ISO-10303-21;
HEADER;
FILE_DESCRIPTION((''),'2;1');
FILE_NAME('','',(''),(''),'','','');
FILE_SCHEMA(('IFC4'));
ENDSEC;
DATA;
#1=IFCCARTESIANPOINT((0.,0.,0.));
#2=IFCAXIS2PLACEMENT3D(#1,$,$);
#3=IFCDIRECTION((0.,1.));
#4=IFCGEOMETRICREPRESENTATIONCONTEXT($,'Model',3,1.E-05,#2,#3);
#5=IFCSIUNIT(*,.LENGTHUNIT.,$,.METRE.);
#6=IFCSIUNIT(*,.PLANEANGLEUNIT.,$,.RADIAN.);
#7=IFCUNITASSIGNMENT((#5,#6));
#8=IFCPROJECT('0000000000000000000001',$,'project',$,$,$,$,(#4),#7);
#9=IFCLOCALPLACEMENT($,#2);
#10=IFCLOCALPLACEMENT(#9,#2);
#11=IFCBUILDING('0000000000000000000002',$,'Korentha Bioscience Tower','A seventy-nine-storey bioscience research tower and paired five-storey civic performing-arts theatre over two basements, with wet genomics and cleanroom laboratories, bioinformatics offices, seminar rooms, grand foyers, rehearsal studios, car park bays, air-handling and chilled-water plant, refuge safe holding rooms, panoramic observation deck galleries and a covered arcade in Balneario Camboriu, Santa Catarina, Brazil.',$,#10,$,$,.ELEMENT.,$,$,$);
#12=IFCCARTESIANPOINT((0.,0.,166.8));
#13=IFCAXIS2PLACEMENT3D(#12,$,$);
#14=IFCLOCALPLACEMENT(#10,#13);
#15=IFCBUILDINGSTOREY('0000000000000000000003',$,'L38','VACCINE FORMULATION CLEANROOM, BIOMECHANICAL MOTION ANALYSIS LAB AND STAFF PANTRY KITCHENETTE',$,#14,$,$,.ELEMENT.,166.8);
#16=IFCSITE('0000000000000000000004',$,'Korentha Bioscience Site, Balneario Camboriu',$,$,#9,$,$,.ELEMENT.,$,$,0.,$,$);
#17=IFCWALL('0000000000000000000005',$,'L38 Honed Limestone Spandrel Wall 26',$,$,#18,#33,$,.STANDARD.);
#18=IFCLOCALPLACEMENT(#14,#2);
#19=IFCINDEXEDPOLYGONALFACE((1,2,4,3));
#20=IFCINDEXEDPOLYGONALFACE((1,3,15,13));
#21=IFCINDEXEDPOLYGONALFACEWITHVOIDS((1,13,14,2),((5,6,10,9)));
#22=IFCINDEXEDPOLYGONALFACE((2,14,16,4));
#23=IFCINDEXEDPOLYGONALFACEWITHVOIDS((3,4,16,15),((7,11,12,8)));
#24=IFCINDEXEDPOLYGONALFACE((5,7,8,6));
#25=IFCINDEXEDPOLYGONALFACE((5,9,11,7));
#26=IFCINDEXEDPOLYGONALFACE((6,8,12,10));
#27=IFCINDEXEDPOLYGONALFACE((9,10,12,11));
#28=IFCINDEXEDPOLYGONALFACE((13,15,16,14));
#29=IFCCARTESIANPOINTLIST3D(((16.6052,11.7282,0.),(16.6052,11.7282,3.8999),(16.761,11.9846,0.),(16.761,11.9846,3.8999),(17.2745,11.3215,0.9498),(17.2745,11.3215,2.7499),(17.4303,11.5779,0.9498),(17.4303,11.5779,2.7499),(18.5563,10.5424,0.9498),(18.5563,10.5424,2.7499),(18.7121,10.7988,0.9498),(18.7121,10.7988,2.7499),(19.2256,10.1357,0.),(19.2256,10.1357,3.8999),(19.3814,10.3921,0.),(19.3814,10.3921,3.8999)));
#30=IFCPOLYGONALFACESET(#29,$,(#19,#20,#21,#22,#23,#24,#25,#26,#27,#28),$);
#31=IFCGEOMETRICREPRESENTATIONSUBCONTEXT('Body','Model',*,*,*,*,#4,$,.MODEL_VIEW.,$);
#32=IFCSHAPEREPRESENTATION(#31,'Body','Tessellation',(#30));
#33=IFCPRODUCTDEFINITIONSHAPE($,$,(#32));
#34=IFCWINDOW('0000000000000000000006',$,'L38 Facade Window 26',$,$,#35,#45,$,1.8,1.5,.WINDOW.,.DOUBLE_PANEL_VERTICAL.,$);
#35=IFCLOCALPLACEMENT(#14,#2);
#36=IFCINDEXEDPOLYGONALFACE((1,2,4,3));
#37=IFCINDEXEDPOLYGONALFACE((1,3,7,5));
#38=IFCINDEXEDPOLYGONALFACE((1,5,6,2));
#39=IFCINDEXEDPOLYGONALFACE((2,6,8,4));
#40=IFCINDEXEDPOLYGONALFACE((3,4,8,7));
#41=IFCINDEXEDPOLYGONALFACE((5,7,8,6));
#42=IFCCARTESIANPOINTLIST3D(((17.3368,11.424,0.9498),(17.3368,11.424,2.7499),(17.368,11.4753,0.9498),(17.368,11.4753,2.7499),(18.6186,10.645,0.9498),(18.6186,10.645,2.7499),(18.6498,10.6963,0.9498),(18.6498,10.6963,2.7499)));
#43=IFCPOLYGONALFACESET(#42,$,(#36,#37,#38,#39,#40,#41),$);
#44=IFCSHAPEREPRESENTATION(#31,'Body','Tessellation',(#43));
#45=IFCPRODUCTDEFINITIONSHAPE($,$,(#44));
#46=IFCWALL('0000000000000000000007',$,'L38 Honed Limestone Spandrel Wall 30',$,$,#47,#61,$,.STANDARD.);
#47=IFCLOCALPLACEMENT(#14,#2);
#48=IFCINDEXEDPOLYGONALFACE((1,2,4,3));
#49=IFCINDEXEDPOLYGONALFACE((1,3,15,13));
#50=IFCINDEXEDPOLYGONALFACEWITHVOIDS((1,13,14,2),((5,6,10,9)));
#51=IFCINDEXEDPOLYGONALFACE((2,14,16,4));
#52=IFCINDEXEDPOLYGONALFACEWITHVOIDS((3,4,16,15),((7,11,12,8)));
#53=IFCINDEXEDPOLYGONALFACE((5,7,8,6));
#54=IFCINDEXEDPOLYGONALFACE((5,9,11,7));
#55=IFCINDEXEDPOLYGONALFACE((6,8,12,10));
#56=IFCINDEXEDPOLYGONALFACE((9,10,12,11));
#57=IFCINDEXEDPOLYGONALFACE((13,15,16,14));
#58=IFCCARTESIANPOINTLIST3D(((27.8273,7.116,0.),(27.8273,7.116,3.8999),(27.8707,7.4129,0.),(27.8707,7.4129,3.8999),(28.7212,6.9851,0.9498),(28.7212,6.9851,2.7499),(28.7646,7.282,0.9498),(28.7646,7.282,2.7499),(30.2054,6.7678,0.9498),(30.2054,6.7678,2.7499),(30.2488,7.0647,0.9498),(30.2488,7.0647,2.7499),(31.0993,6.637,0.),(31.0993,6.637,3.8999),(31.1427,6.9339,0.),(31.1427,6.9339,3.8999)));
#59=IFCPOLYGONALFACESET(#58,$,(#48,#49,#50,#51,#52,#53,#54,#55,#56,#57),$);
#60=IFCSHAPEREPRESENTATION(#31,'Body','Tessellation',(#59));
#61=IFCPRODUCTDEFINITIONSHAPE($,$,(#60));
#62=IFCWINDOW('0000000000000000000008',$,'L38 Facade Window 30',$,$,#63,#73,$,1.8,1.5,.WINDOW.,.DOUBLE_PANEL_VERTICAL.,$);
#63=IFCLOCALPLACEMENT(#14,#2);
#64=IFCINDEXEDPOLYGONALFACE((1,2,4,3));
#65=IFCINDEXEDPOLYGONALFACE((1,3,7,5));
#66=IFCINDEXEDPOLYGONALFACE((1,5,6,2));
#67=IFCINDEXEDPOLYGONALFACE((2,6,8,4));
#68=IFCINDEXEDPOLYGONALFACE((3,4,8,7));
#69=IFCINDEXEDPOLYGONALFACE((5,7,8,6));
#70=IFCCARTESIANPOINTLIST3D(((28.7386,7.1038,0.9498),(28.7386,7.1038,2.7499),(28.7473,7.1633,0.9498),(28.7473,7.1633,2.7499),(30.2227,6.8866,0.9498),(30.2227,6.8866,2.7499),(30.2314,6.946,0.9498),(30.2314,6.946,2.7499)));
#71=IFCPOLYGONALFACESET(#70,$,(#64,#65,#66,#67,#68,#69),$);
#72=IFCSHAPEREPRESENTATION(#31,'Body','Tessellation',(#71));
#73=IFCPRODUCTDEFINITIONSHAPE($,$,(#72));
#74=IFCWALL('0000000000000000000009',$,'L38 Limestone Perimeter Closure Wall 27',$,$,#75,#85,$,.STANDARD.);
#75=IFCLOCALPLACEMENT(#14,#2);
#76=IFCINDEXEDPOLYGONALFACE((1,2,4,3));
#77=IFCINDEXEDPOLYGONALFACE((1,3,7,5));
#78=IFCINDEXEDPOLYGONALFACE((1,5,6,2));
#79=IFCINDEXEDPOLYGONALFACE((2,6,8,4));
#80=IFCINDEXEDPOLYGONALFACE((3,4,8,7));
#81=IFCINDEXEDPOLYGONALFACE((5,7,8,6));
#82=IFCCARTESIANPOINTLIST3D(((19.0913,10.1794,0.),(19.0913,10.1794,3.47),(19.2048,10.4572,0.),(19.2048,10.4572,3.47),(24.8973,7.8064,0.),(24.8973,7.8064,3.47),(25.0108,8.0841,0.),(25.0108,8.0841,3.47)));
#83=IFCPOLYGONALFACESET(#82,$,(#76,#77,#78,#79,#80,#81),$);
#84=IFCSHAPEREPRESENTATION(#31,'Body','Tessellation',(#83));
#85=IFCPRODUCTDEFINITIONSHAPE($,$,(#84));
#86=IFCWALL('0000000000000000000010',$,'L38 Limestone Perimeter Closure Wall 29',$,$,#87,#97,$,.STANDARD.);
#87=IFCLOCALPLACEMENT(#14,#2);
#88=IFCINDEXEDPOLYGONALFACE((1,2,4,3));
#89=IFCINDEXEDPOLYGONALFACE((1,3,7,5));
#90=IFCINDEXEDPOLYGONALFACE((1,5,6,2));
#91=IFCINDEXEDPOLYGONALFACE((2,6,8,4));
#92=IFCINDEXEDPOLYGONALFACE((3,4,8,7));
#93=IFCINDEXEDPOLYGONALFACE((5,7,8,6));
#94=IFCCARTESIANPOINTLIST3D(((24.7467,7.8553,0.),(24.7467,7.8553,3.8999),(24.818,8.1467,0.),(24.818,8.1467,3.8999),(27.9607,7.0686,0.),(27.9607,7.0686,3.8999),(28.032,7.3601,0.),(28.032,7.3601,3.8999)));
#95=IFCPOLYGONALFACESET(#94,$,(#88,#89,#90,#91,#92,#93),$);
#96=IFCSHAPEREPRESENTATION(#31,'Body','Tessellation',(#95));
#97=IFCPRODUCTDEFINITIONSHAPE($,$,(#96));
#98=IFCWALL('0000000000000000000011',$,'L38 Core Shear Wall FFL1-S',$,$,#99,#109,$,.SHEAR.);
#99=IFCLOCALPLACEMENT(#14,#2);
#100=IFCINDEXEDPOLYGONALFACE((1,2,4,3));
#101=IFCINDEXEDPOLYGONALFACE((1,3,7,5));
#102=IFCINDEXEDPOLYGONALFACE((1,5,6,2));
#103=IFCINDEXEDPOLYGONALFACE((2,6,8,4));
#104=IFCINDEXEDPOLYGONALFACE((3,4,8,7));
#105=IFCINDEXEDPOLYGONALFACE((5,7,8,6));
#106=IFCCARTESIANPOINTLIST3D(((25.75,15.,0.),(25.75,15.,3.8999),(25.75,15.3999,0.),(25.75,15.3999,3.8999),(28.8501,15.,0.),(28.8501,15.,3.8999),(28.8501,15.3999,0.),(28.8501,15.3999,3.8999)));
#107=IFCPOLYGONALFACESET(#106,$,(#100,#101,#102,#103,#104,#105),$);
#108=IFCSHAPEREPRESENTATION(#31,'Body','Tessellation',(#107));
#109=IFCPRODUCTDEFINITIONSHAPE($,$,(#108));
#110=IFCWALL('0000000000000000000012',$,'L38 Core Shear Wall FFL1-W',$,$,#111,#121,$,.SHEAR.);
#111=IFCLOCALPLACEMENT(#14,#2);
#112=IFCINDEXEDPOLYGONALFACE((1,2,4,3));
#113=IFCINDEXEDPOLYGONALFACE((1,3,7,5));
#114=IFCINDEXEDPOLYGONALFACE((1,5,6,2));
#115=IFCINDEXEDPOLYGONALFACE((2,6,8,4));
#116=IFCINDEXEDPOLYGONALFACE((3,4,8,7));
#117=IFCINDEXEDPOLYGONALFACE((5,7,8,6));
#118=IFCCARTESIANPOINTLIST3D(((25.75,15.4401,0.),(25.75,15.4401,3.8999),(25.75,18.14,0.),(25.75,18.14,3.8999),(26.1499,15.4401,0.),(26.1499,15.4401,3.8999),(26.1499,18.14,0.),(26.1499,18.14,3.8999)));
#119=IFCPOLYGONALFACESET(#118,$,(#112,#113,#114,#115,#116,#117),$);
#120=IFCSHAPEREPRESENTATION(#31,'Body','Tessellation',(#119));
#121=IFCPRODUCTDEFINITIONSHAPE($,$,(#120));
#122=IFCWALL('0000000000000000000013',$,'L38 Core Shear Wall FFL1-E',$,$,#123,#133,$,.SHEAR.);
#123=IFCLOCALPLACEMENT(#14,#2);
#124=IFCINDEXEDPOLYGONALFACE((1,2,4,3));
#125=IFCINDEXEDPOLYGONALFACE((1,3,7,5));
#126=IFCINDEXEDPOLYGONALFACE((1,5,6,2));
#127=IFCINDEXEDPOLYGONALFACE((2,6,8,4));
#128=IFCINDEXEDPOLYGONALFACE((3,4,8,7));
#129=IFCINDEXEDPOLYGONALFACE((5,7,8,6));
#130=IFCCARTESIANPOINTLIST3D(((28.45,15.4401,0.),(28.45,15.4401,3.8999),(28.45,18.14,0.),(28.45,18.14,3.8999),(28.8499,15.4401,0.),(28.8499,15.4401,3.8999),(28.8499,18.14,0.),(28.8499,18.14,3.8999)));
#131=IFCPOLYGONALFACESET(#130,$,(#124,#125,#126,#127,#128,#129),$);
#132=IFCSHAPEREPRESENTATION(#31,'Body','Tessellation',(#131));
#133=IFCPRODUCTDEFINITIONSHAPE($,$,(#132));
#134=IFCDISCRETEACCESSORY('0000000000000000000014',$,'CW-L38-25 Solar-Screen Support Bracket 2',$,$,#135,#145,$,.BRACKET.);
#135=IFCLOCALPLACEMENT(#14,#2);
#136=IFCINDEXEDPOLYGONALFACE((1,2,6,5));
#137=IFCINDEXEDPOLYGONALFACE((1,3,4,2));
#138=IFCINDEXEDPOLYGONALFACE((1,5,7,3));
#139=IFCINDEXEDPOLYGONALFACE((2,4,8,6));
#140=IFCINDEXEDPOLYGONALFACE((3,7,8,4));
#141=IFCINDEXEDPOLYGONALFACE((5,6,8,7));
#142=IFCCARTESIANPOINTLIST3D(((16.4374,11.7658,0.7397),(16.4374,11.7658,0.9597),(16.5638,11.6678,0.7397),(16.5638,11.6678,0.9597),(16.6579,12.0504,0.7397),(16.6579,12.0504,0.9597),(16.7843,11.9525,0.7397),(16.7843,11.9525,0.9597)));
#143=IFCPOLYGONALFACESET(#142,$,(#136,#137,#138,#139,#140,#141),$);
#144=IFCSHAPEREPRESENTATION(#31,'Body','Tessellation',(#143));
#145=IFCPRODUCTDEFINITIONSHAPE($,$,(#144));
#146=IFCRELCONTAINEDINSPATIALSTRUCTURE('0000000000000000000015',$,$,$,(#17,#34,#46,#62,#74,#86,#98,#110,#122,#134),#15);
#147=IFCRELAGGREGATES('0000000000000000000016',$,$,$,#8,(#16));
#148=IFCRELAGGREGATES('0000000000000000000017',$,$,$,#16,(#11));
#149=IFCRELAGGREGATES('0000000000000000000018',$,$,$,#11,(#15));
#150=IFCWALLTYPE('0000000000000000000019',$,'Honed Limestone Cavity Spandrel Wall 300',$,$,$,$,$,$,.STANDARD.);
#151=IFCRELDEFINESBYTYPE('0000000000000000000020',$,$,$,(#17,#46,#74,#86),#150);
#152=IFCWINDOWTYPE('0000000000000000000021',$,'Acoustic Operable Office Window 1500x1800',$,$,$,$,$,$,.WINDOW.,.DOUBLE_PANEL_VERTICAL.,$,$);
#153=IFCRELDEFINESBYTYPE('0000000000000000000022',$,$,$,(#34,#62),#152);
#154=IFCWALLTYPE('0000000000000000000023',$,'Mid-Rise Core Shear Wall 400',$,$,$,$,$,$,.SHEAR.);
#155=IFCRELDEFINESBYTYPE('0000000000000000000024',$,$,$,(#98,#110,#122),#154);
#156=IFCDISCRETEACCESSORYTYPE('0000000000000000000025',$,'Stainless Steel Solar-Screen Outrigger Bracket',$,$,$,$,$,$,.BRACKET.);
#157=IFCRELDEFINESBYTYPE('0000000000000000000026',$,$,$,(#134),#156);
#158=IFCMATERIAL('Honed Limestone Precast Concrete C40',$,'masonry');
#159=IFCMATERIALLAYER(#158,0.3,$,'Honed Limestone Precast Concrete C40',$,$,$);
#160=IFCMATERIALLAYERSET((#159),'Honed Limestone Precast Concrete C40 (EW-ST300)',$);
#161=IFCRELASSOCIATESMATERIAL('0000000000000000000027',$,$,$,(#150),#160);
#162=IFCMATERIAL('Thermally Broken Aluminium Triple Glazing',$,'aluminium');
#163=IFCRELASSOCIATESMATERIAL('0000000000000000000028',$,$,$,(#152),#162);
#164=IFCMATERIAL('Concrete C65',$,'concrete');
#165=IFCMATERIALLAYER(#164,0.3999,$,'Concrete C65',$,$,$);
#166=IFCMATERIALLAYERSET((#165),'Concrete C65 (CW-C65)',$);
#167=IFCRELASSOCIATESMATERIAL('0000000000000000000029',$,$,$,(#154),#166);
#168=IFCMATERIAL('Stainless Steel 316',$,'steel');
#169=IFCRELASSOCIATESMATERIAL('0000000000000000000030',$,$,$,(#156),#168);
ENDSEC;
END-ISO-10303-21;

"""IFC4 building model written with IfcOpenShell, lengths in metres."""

from ifc_helpers import new_model, si_unit, direction, frame, frame_2d, origin, origin_2d, place, context, subcontext, project, spatial, rectangle, extrude, material, layer, layer_set, type_object, element, fill, save


model = new_model("IFC4")

# Units and contexts
model_context = context("Model", 3, precision=1e-05, world=origin(), true_north=direction((0.0, 1.0)))
body_context = subcontext(model_context, "Body", "Model", "MODEL_VIEW")
ifc_project = project(units=[si_unit("LENGTHUNIT", "METRE"), si_unit("PLANEANGLEUNIT", "RADIAN")], contexts=[model_context])

# Site, building, storey
site_placement = place(None, origin())
site = spatial("IfcSite", under=ifc_project, at=site_placement, Name="Korentha Bioscience Site, Balneario Camboriu", CompositionType="ELEMENT", RefElevation=0.0)
building_placement = place(site_placement, origin())
building = spatial("IfcBuilding", under=site, at=building_placement, Name="Korentha Bioscience Tower", Description="A seventy-nine-storey bioscience research tower and paired five-storey civic performing-arts theatre over two basements, with wet genomics and cleanroom laboratories, bioinformatics offices, seminar rooms, grand foyers, rehearsal studios, car park bays, air-handling and chilled-water plant, refuge safe holding rooms, panoramic observation deck galleries and a covered arcade in Balneario Camboriu, Santa Catarina, Brazil.", CompositionType="ELEMENT")
storey_placement = place(building_placement, frame((0.0, 0.0, 166.8)))
storey = spatial("IfcBuildingStorey", under=building, at=storey_placement, Name="L38", Description="VACCINE FORMULATION CLEANROOM, BIOMECHANICAL MOTION ANALYSIS LAB AND STAFF PANTRY KITCHENETTE", CompositionType="ELEMENT", Elevation=166.8)

# Shared definitions
ifc_material_1 = material(Name="Concrete C65", Category="concrete")

# Walls, openings, windows
ifc_material_2 = material(Name="Honed Limestone Precast Concrete C40", Category="masonry")
ifc_layer_1 = layer(ifc_material_2, 0.3, Name="Honed Limestone Precast Concrete C40")
ifc_layer_set_1 = layer_set([ifc_layer_1], Name="Honed Limestone Precast Concrete C40 (EW-ST300)")
wall_type_1 = type_object("IfcWallType", Name="Honed Limestone Cavity Spandrel Wall 300", PredefinedType="STANDARD", material=ifc_layer_set_1)
wall_1_placement = place(storey_placement, frame((16.6831, 11.8564, 0.0), z_axis=(0.0, 0.0, 1.0), x_axis=(0.854557, -0.519358, 0.0)))
wall_1 = element("IfcWall", 1, at=wall_1_placement, inside=storey, type_object=wall_type_1, Name="L38 Honed Limestone Spandrel Wall 26", PredefinedType="STANDARD", context=body_context, shape_type="SweptSolid", body=[
    extrude(rectangle(XDim=3.0664, YDim=0.3, at=frame_2d((1.5332, 0.0))), origin(), (0.0, 0.0, 1.0), 3.8999),
])
opening_1_placement = place(wall_1_placement, frame((0.7832, 0.0, 0.95)))
opening_1 = element("IfcOpeningElement", 2, at=opening_1_placement, cuts=wall_1, PredefinedType="OPENING", context=body_context, shape_type="SweptSolid", body=[
    extrude(rectangle(XDim=1.5, YDim=1.8, at=frame_2d((0.75, 0.8999))), frame((0.0, 0.165, 0.0), z_axis=(0.0, -1.0, 0.0), x_axis=(1.0, 0.0, 0.0)), (0.0, 0.0, 1.0), 0.3298),
])
ifc_material_3 = material(Name="Thermally Broken Aluminium Triple Glazing", Category="aluminium")
window_type = type_object("IfcWindowType", Name="Acoustic Operable Office Window 1500x1800", PartitioningType="DOUBLE_PANEL_VERTICAL", PredefinedType="WINDOW", material=ifc_material_3)
window_1_placement = place(opening_1_placement, origin())
window_1 = element("IfcWindow", 3, at=window_1_placement, inside=storey, type_object=window_type, Name="L38 Facade Window 26", OverallHeight=1.8, OverallWidth=1.5, PartitioningType="DOUBLE_PANEL_VERTICAL", PredefinedType="WINDOW", context=body_context, shape_type="SweptSolid", body=[
    extrude(rectangle(XDim=1.5, YDim=1.8, at=frame_2d((0.75, 0.8999))), frame((0.0, 0.03, 0.0), z_axis=(0.0, -1.0, 0.0), x_axis=(1.0, 0.0, 0.0)), (0.0, 0.0, 1.0), 0.0601),
])
fill(opening_1, window_1)
wall_2_placement = place(storey_placement, frame((27.8491, 7.2644, 0.0), z_axis=(0.0, 0.0, 1.0), x_axis=(0.989453, -0.144852, 0.0)))
wall_2 = element("IfcWall", 4, at=wall_2_placement, inside=storey, type_object=wall_type_1, Name="L38 Honed Limestone Spandrel Wall 30", PredefinedType="STANDARD", context=body_context, shape_type="SweptSolid", body=[
    extrude(rectangle(XDim=3.3069, YDim=0.3, at=frame_2d((1.6533, 0.0))), origin(), (0.0, 0.0, 1.0), 3.8999),
])
opening_2_placement = place(wall_2_placement, frame((0.9033, 0.0, 0.95)))
opening_2 = element("IfcOpeningElement", 5, at=opening_2_placement, cuts=wall_2, PredefinedType="OPENING", context=body_context, shape_type="SweptSolid", body=[
    extrude(rectangle(XDim=1.5, YDim=1.8, at=frame_2d((0.75, 0.8999))), frame((0.0, 0.165, 0.0), z_axis=(0.0, -1.0, 0.0), x_axis=(1.0, 0.0, 0.0)), (0.0, 0.0, 1.0), 0.3298),
])
window_2_placement = place(opening_2_placement, origin())
window_2 = element("IfcWindow", 6, at=window_2_placement, inside=storey, type_object=window_type, Name="L38 Facade Window 30", OverallHeight=1.8, OverallWidth=1.5, PartitioningType="DOUBLE_PANEL_VERTICAL", PredefinedType="WINDOW", context=body_context, shape_type="SweptSolid", body=[
    extrude(rectangle(XDim=1.5, YDim=1.8, at=frame_2d((0.75, 0.8999))), frame((0.0, 0.03, 0.0), z_axis=(0.0, -1.0, 0.0), x_axis=(1.0, 0.0, 0.0)), (0.0, 0.0, 1.0), 0.0601),
])
fill(opening_2, window_2)

# Walls
wall_3_placement = place(storey_placement, frame((19.1479, 10.3184, 0.0), z_axis=(0.0, 0.0, 1.0), x_axis=(0.925664, -0.378346, 0.0)))
element("IfcWall", 7, at=wall_3_placement, inside=storey, type_object=wall_type_1, Name="L38 Limestone Perimeter Closure Wall 27", PredefinedType="STANDARD", context=body_context, shape_type="SweptSolid", body=[
    extrude(rectangle(XDim=6.2722, YDim=0.3, at=frame_2d((3.1362, 0.0))), origin(), (0.0, 0.0, 1.0), 3.47),
])
wall_4_placement = place(storey_placement, frame((24.7825, 8.001, 0.0), z_axis=(0.0, 0.0, 1.0), x_axis=(0.971329, -0.237741, 0.0)))
element("IfcWall", 8, at=wall_4_placement, inside=storey, type_object=wall_type_1, Name="L38 Limestone Perimeter Closure Wall 29", PredefinedType="STANDARD", context=body_context, shape_type="SweptSolid", body=[
    extrude(rectangle(XDim=3.3088, YDim=0.3, at=frame_2d((1.6543, 0.0))), origin(), (0.0, 0.0, 1.0), 3.8999),
])
ifc_layer_2 = layer(ifc_material_1, 0.3999, Name="Concrete C65")
ifc_layer_set_2 = layer_set([ifc_layer_2], Name="Concrete C65 (CW-C65)")
wall_type_2 = type_object("IfcWallType", Name="Mid-Rise Core Shear Wall 400", PredefinedType="SHEAR", material=ifc_layer_set_2)
wall_5_placement = place(storey_placement, frame((25.75, 15.2, 0.0), z_axis=(0.0, 0.0, 1.0), x_axis=(1.0, 0.0, 0.0)))
element("IfcWall", 9, at=wall_5_placement, inside=storey, type_object=wall_type_2, Name="L38 Core Shear Wall FFL1-S", PredefinedType="SHEAR", context=body_context, shape_type="SweptSolid", body=[
    extrude(rectangle(XDim=3.1001, YDim=0.3999, at=frame_2d((1.55, 0.0))), origin(), (0.0, 0.0, 1.0), 3.8999),
])
for number, where, z_axis, x_axis, name in (
    (10, (25.95, 15.4399, 0.0), (0.0, 0.0, 1.0), (0.0, 1.0, 0.0), "L38 Core Shear Wall FFL1-W"),
    (11, (28.6499, 15.4399, 0.0), (0.0, 0.0, 1.0), (0.0, 1.0, 0.0), "L38 Core Shear Wall FFL1-E"),
):
    element("IfcWall", number, at=place(storey_placement, frame(where, z_axis=z_axis, x_axis=x_axis)), inside=storey, type_object=wall_type_2, Name=name, PredefinedType="SHEAR", context=body_context, shape_type="SweptSolid", body=[
        extrude(rectangle(XDim=2.7, YDim=0.3999, at=frame_2d((1.3501, 0.0))), origin(), (0.0, 0.0, 1.0), 3.8999),
    ])

# Discrete accessory
ifc_material_4 = material(Name="Stainless Steel 316", Category="steel")
discrete_accessory_type = type_object("IfcDiscreteAccessoryType", Name="Stainless Steel Solar-Screen Outrigger Bracket", PredefinedType="BRACKET", material=ifc_material_4)
discrete_accessory_placement = place(storey_placement, frame((16.6108, 11.8591, 0.7397), z_axis=(0.0, 0.0, 1.0), x_axis=(0.790547, -0.612402, 0.0)))
element("IfcDiscreteAccessory", 12, at=discrete_accessory_placement, inside=storey, type_object=discrete_accessory_type, Name="CW-L38-25 Solar-Screen Support Bracket 2", PredefinedType="BRACKET", context=body_context, shape_type="SweptSolid", body=[
    extrude(rectangle(XDim=0.1599, YDim=0.3601, at=origin_2d()), origin(), (0.0, 0.0, 1.0), 0.22),
])

save(model, "model.ifc")
